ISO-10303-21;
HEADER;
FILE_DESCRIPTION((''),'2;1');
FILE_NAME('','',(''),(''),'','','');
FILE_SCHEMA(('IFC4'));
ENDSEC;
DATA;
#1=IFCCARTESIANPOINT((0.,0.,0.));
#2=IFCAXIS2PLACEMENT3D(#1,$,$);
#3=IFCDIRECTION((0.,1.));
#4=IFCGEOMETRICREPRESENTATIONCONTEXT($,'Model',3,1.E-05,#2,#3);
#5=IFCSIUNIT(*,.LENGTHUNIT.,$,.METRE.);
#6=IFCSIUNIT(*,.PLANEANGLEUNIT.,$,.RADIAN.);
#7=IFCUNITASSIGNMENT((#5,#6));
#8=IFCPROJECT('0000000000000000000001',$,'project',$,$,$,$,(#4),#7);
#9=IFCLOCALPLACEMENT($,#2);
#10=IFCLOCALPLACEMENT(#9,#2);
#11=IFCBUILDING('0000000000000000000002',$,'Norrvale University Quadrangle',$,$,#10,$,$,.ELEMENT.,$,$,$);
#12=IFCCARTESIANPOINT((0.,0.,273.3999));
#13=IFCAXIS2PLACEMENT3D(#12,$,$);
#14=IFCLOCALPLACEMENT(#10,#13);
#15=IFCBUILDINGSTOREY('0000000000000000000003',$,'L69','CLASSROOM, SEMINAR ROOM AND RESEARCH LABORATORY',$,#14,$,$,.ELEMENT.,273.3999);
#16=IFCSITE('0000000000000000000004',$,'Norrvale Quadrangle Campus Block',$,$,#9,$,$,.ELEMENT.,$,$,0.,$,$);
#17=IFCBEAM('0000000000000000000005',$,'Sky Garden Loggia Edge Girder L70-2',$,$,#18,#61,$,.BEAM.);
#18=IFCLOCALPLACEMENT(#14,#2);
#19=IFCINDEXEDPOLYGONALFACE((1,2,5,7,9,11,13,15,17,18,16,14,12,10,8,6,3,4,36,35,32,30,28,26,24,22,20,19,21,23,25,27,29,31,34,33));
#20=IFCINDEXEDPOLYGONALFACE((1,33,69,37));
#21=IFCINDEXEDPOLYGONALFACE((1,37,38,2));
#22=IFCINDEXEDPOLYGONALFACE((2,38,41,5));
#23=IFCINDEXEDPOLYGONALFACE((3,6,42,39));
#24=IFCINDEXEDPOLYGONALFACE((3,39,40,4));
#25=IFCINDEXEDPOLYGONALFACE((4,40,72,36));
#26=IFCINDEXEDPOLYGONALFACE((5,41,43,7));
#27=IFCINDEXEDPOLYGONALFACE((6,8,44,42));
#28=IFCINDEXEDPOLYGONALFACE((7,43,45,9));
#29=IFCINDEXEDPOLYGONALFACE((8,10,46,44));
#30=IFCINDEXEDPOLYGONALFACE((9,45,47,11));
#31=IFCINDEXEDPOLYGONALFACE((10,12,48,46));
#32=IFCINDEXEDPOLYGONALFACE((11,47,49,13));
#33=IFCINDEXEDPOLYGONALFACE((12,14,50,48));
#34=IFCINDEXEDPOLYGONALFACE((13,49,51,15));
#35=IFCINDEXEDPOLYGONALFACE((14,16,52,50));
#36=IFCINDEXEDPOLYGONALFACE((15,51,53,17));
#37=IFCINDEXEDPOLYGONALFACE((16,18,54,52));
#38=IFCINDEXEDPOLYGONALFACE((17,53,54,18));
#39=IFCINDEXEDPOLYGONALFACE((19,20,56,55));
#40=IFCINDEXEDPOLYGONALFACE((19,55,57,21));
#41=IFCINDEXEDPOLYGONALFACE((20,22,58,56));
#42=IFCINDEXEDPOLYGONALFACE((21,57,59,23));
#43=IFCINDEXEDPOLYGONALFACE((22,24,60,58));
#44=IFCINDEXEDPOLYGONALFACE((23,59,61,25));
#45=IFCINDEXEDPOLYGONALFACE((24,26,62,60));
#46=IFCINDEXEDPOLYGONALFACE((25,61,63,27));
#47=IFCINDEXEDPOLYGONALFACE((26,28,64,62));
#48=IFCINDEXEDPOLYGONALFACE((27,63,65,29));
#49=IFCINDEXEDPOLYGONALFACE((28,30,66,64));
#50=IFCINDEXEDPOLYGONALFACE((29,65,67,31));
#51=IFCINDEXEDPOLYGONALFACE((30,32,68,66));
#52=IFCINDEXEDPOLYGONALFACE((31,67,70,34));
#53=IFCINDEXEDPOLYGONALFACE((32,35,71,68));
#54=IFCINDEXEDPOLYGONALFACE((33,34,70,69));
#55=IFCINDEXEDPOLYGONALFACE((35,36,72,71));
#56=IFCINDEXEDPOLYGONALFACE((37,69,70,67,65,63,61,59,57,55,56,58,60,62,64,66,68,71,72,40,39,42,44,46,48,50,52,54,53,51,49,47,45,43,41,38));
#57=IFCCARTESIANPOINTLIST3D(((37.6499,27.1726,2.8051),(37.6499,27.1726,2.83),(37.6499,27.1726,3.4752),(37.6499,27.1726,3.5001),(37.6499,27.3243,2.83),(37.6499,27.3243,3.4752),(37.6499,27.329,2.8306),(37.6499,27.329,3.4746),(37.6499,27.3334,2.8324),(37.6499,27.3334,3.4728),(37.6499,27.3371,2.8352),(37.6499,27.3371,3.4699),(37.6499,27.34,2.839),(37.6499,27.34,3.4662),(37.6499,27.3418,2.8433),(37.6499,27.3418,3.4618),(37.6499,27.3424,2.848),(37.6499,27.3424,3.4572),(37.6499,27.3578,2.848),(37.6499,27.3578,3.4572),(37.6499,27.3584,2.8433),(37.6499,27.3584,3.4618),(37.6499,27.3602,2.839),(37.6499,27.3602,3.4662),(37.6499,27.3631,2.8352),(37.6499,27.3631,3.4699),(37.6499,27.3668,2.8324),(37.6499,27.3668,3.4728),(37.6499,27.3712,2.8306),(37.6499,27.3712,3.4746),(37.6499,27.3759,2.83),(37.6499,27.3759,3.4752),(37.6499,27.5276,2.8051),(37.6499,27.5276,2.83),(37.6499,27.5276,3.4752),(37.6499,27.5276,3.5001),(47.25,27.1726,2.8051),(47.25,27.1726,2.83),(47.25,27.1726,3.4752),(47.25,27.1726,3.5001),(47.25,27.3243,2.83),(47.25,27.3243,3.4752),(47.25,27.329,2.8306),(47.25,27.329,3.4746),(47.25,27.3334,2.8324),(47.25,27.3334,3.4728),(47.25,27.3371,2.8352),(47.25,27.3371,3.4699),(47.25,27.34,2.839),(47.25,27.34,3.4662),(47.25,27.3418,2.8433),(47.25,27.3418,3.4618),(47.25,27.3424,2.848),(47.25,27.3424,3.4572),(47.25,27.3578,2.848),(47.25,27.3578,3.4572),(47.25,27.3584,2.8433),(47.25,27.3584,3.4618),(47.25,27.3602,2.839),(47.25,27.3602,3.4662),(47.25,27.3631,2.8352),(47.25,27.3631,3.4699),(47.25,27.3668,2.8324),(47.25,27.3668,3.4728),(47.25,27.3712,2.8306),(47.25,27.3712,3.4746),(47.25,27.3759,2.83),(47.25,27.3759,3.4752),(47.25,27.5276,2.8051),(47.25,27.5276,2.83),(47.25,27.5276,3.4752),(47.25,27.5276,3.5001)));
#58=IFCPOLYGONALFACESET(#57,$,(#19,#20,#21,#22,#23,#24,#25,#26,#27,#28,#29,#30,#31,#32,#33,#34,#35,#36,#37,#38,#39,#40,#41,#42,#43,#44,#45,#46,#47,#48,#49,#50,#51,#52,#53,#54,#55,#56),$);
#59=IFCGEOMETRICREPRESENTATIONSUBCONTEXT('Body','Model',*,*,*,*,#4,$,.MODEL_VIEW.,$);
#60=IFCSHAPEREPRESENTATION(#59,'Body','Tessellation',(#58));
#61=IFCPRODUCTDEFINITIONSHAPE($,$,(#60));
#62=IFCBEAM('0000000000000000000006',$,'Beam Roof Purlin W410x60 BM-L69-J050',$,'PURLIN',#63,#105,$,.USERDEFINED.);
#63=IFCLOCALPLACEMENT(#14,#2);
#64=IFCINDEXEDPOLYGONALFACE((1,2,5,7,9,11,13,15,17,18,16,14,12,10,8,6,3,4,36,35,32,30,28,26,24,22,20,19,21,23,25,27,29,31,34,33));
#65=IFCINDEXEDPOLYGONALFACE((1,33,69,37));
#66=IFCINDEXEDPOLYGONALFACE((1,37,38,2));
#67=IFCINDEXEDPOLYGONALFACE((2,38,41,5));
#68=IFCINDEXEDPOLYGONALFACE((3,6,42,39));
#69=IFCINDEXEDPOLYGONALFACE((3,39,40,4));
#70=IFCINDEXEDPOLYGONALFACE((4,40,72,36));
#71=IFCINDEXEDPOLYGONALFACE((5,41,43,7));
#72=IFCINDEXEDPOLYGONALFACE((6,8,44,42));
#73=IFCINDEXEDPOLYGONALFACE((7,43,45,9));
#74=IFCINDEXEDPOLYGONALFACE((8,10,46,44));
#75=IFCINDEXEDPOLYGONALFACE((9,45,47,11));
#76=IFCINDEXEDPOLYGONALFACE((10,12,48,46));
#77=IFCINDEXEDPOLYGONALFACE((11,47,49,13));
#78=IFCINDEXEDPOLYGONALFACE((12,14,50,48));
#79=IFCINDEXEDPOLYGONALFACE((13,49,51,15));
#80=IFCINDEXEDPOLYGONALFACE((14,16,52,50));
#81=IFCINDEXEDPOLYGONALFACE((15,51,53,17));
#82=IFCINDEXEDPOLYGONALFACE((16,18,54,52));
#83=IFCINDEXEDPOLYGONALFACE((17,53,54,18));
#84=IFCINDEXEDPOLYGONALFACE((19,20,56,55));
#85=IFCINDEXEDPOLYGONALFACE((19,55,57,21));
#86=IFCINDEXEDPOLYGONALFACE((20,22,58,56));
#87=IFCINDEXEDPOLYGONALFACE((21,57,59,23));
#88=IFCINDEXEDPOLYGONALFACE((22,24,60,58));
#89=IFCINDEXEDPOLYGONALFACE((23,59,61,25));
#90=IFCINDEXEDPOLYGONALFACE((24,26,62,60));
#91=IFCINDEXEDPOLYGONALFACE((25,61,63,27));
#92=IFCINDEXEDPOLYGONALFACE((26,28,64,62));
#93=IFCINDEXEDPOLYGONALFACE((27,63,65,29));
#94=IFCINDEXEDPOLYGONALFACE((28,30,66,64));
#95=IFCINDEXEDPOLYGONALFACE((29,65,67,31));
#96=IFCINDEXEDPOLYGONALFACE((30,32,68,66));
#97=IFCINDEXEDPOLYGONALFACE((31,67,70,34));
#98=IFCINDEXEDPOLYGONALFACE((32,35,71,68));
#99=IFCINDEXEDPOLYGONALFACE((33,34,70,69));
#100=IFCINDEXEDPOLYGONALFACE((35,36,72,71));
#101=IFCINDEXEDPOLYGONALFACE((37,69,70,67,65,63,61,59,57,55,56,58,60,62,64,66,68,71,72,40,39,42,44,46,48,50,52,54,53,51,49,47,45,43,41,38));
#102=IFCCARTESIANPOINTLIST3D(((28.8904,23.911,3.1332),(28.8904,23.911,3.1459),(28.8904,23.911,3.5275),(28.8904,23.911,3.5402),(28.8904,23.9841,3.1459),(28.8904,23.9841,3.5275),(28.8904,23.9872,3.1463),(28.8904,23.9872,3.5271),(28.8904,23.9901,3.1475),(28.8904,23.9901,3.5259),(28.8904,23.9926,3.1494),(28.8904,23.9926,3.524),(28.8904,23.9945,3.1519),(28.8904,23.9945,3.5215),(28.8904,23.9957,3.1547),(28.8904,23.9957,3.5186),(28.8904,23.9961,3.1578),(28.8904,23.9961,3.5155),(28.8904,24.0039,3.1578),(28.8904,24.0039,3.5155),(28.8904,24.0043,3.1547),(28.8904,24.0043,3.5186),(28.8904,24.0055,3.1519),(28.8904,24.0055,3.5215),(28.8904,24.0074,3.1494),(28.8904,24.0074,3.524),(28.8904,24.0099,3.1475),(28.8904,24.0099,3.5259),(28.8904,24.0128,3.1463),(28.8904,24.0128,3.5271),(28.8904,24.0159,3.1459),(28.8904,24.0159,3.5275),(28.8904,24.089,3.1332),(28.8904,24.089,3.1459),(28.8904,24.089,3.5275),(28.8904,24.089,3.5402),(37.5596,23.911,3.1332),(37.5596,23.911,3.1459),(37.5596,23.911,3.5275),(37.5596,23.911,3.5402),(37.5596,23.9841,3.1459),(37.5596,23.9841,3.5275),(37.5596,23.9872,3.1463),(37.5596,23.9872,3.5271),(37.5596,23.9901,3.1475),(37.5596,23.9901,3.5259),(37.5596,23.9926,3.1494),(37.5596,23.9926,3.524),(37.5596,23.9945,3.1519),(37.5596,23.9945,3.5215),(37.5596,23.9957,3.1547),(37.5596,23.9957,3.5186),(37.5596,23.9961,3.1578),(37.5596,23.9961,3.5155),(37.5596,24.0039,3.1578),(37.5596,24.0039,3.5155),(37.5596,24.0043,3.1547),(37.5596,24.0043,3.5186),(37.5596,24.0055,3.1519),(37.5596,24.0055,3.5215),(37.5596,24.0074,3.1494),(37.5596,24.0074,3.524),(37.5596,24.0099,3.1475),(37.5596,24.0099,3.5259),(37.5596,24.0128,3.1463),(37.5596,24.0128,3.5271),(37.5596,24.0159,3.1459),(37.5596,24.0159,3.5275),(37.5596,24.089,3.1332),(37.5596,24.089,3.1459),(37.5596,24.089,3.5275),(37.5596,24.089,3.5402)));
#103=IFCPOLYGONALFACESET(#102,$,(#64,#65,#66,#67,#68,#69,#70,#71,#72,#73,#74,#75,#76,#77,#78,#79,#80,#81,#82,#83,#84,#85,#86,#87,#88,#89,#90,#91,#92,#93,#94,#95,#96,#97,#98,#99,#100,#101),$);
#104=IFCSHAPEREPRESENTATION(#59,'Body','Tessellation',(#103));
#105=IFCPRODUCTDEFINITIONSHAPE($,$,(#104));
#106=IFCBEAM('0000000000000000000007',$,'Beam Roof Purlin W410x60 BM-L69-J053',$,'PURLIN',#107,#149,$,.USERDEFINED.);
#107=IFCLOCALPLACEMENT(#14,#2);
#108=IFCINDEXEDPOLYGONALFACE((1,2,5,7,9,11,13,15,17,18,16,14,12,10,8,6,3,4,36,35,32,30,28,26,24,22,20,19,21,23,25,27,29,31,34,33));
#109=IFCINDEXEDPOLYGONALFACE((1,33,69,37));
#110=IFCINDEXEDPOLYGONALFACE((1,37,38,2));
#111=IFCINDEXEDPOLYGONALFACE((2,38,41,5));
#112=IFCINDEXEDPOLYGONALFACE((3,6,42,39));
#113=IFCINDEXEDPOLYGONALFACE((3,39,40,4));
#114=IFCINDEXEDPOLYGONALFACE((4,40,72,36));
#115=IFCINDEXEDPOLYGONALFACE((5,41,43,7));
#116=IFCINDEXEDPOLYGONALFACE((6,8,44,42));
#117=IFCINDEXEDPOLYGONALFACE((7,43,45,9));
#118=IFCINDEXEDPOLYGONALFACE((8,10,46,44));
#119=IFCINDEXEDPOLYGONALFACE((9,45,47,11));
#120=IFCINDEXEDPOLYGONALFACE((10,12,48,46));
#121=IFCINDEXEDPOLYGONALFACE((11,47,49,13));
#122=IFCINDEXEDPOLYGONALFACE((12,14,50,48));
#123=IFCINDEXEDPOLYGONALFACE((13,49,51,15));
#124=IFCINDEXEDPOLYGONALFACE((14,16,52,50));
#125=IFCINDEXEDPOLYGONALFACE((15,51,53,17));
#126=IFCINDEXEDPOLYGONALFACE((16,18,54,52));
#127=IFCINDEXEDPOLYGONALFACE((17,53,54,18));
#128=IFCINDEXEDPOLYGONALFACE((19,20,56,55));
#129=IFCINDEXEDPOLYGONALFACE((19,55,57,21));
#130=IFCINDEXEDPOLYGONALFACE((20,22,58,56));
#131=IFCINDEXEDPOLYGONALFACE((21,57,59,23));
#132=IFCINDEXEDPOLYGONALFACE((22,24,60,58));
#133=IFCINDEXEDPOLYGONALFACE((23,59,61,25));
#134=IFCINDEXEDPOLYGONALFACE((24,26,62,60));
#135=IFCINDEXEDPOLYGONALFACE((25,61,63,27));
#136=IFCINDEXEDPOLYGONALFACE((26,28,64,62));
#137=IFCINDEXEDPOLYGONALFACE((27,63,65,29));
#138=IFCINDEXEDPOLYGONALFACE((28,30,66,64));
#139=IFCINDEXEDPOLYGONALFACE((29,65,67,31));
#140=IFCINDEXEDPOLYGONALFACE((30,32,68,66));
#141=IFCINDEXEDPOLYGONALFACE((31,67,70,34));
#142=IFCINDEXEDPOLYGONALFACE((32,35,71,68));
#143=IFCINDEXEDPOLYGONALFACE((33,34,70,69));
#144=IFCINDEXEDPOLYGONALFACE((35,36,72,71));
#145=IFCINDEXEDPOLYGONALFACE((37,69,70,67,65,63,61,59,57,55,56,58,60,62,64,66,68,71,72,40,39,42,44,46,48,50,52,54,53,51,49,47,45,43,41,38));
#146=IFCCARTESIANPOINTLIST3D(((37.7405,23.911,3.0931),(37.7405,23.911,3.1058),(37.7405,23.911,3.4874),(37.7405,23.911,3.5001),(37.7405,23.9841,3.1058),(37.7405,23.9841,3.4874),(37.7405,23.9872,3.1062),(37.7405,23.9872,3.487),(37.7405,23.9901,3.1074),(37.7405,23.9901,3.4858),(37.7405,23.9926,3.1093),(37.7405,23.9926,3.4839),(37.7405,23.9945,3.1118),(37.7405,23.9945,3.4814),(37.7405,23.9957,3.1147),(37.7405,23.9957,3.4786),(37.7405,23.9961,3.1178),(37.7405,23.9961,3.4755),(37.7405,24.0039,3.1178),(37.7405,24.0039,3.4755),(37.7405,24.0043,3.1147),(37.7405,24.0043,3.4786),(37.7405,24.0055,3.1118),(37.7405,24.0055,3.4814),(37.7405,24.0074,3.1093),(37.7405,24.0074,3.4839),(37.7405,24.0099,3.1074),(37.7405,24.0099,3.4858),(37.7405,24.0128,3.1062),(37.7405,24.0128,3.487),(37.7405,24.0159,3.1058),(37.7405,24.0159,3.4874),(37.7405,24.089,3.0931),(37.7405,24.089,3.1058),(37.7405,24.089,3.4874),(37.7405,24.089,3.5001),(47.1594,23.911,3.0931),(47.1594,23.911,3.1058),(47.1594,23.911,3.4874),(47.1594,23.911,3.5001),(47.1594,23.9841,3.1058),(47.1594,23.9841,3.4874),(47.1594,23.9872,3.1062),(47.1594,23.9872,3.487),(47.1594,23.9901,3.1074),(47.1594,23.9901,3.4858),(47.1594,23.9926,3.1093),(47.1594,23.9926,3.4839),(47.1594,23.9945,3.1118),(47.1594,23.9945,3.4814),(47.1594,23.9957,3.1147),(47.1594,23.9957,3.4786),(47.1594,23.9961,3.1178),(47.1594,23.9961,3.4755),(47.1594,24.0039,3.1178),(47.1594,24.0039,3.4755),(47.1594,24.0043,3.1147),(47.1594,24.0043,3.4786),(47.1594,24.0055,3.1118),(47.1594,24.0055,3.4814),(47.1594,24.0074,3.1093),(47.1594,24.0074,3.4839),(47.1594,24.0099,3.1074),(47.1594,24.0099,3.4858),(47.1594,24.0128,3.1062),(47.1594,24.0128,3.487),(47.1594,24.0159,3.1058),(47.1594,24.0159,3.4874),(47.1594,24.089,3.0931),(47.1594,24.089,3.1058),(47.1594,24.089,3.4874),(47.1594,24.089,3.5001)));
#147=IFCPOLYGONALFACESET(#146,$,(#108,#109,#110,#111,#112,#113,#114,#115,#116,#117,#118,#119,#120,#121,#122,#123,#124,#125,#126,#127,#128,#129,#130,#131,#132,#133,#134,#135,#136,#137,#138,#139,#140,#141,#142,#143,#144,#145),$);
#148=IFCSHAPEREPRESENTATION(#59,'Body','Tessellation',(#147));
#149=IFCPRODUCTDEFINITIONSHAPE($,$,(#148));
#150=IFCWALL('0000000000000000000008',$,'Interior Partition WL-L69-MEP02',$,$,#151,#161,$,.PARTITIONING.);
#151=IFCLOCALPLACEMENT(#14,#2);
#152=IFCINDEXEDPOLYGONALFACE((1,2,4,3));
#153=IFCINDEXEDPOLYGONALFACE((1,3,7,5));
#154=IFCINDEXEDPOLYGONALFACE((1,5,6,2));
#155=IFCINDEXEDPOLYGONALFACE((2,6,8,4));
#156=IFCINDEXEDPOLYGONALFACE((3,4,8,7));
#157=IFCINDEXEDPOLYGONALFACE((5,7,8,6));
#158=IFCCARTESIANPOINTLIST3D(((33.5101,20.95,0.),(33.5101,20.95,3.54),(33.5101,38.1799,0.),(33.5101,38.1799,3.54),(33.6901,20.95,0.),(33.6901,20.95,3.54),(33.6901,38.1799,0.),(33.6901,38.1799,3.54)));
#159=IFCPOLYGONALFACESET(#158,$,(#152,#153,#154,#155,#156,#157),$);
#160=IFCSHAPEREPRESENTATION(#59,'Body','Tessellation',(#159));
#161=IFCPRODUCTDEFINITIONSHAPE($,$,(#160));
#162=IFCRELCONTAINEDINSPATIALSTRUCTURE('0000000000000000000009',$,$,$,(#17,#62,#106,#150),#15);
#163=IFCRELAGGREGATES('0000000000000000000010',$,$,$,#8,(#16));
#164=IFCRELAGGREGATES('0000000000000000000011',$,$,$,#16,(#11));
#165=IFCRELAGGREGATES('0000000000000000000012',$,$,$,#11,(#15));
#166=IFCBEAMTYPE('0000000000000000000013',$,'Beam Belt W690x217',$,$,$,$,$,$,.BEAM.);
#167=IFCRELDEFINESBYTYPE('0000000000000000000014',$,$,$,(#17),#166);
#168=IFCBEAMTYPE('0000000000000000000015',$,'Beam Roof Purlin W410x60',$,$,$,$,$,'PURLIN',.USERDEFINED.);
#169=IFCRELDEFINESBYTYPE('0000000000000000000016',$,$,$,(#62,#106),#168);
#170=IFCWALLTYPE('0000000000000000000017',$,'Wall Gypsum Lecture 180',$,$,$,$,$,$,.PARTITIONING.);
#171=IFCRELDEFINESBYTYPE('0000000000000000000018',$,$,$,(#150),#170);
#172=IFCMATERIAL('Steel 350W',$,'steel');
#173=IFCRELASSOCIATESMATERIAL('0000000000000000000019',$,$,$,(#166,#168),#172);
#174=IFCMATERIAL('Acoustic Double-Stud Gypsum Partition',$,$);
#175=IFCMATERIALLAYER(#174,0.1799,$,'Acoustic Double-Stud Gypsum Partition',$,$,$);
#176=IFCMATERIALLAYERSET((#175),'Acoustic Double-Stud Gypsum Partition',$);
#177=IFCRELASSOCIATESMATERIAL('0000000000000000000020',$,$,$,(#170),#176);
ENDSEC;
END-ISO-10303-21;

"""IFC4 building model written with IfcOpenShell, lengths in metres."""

from ifc_helpers import new_model, si_unit, direction, frame, frame_2d, origin, origin_2d, place, context, subcontext, project, spatial, rectangle, i_section, extrude, material, layer, layer_set, material_profile, profile_set, type_object, element, save


model = new_model("IFC4")

# Units and contexts
model_context = context("Model", 3, precision=1e-05, world=origin(), true_north=direction((0.0, 1.0)))
body_context = subcontext(model_context, "Body", "Model", "MODEL_VIEW")
ifc_project = project(units=[si_unit("LENGTHUNIT", "METRE"), si_unit("PLANEANGLEUNIT", "RADIAN")], contexts=[model_context])

# Site, building, storey
site_placement = place(None, origin())
site = spatial("IfcSite", under=ifc_project, at=site_placement, Name="Norrvale Quadrangle Campus Block", CompositionType="ELEMENT", RefElevation=0.0)
building_placement = place(site_placement, origin())
building = spatial("IfcBuilding", under=site, at=building_placement, Name="Norrvale University Quadrangle", CompositionType="ELEMENT")
storey_placement = place(building_placement, frame((0.0, 0.0, 273.3999)))
storey = spatial("IfcBuildingStorey", under=building, at=storey_placement, Name="L69", Description="CLASSROOM, SEMINAR ROOM AND RESEARCH LABORATORY", CompositionType="ELEMENT", Elevation=273.3999)

# Beams
ifc_material_1 = material(Name="Steel 350W", Category="steel")
ifc_material_profile_1 = material_profile(ifc_material_1, i_section(OverallWidth=0.355, OverallDepth=0.6951, WebThickness=0.0154, FlangeThickness=0.0249, FilletRadius=0.0181, at=origin_2d()), Name="Steel 350W")
ifc_profile_set_1 = profile_set([ifc_material_profile_1], Name="Steel 350W")
beam_type_1 = type_object("IfcBeamType", Name="Beam Belt W690x217", PredefinedType="BEAM", material=ifc_profile_set_1)
for number, where, z_axis, x_axis, name in (
    (1, (37.6499, 27.3501, 3.1526), (1.0, 0.0, 0.0), (0.0, 1.0, 0.0), "Sky Garden Loggia Edge Girder L70-2"),
):
    element("IfcBeam", number, at=place(storey_placement, frame(where, z_axis=z_axis, x_axis=x_axis)), inside=storey, type_object=beam_type_1, Name=name, PredefinedType="BEAM", context=body_context, shape_type="SweptSolid", body=[
        extrude(i_section(OverallWidth=0.355, OverallDepth=0.6951, WebThickness=0.0154, FlangeThickness=0.0249, FilletRadius=0.0181, at=origin_2d()), origin(), (0.0, 0.0, 1.0), 9.6001),
    ])
ifc_material_profile_2 = material_profile(ifc_material_1, i_section(OverallWidth=0.178, OverallDepth=0.407, WebThickness=0.0078, FlangeThickness=0.0127, FilletRadius=0.012, at=origin_2d()), Name="Steel 350W")
ifc_profile_set_2 = profile_set([ifc_material_profile_2], Name="Steel 350W")
beam_type_2 = type_object("IfcBeamType", Name="Beam Roof Purlin W410x60", ElementType="PURLIN", PredefinedType="USERDEFINED", material=ifc_profile_set_2)
beam_1_placement = place(storey_placement, frame((28.8904, 24.0, 3.3367), z_axis=(1.0, 0.0, 0.0), x_axis=(0.0, 1.0, 0.0)))
element("IfcBeam", 2, at=beam_1_placement, inside=storey, type_object=beam_type_2, Name="Beam Roof Purlin W410x60 BM-L69-J050", ObjectType="PURLIN", PredefinedType="USERDEFINED", context=body_context, shape_type="SweptSolid", body=[
    extrude(i_section(OverallWidth=0.178, OverallDepth=0.407, WebThickness=0.0078, FlangeThickness=0.0127, FilletRadius=0.012, at=origin_2d()), origin(), (0.0, 0.0, 1.0), 8.6692),
])
beam_2_placement = place(storey_placement, frame((37.7405, 24.0, 3.2966), z_axis=(1.0, 0.0, 0.0), x_axis=(0.0, 1.0, 0.0)))
element("IfcBeam", 3, at=beam_2_placement, inside=storey, type_object=beam_type_2, Name="Beam Roof Purlin W410x60 BM-L69-J053", ObjectType="PURLIN", PredefinedType="USERDEFINED", context=body_context, shape_type="SweptSolid", body=[
    extrude(i_section(OverallWidth=0.178, OverallDepth=0.407, WebThickness=0.0078, FlangeThickness=0.0127, FilletRadius=0.012, at=origin_2d()), origin(), (0.0, 0.0, 1.0), 9.4189),
])

# Wall
ifc_material_2 = material(Name="Acoustic Double-Stud Gypsum Partition")
ifc_layer = layer(ifc_material_2, 0.1799, Name="Acoustic Double-Stud Gypsum Partition")
ifc_layer_set = layer_set([ifc_layer], Name="Acoustic Double-Stud Gypsum Partition")
wall_type = type_object("IfcWallType", Name="Wall Gypsum Lecture 180", PredefinedType="PARTITIONING", material=ifc_layer_set)
wall_placement = place(storey_placement, frame((33.6001, 20.95, 0.0), z_axis=(0.0, 0.0, 1.0), x_axis=(0.0, 1.0, 0.0)))
element("IfcWall", 4, at=wall_placement, inside=storey, type_object=wall_type, Name="Interior Partition WL-L69-MEP02", PredefinedType="PARTITIONING", context=body_context, shape_type="SweptSolid", body=[
    extrude(rectangle(XDim=17.23, YDim=0.1799, at=frame_2d((8.615, 0.0))), origin(), (0.0, 0.0, 1.0), 3.54),
])

save(model, "model.ifc")
